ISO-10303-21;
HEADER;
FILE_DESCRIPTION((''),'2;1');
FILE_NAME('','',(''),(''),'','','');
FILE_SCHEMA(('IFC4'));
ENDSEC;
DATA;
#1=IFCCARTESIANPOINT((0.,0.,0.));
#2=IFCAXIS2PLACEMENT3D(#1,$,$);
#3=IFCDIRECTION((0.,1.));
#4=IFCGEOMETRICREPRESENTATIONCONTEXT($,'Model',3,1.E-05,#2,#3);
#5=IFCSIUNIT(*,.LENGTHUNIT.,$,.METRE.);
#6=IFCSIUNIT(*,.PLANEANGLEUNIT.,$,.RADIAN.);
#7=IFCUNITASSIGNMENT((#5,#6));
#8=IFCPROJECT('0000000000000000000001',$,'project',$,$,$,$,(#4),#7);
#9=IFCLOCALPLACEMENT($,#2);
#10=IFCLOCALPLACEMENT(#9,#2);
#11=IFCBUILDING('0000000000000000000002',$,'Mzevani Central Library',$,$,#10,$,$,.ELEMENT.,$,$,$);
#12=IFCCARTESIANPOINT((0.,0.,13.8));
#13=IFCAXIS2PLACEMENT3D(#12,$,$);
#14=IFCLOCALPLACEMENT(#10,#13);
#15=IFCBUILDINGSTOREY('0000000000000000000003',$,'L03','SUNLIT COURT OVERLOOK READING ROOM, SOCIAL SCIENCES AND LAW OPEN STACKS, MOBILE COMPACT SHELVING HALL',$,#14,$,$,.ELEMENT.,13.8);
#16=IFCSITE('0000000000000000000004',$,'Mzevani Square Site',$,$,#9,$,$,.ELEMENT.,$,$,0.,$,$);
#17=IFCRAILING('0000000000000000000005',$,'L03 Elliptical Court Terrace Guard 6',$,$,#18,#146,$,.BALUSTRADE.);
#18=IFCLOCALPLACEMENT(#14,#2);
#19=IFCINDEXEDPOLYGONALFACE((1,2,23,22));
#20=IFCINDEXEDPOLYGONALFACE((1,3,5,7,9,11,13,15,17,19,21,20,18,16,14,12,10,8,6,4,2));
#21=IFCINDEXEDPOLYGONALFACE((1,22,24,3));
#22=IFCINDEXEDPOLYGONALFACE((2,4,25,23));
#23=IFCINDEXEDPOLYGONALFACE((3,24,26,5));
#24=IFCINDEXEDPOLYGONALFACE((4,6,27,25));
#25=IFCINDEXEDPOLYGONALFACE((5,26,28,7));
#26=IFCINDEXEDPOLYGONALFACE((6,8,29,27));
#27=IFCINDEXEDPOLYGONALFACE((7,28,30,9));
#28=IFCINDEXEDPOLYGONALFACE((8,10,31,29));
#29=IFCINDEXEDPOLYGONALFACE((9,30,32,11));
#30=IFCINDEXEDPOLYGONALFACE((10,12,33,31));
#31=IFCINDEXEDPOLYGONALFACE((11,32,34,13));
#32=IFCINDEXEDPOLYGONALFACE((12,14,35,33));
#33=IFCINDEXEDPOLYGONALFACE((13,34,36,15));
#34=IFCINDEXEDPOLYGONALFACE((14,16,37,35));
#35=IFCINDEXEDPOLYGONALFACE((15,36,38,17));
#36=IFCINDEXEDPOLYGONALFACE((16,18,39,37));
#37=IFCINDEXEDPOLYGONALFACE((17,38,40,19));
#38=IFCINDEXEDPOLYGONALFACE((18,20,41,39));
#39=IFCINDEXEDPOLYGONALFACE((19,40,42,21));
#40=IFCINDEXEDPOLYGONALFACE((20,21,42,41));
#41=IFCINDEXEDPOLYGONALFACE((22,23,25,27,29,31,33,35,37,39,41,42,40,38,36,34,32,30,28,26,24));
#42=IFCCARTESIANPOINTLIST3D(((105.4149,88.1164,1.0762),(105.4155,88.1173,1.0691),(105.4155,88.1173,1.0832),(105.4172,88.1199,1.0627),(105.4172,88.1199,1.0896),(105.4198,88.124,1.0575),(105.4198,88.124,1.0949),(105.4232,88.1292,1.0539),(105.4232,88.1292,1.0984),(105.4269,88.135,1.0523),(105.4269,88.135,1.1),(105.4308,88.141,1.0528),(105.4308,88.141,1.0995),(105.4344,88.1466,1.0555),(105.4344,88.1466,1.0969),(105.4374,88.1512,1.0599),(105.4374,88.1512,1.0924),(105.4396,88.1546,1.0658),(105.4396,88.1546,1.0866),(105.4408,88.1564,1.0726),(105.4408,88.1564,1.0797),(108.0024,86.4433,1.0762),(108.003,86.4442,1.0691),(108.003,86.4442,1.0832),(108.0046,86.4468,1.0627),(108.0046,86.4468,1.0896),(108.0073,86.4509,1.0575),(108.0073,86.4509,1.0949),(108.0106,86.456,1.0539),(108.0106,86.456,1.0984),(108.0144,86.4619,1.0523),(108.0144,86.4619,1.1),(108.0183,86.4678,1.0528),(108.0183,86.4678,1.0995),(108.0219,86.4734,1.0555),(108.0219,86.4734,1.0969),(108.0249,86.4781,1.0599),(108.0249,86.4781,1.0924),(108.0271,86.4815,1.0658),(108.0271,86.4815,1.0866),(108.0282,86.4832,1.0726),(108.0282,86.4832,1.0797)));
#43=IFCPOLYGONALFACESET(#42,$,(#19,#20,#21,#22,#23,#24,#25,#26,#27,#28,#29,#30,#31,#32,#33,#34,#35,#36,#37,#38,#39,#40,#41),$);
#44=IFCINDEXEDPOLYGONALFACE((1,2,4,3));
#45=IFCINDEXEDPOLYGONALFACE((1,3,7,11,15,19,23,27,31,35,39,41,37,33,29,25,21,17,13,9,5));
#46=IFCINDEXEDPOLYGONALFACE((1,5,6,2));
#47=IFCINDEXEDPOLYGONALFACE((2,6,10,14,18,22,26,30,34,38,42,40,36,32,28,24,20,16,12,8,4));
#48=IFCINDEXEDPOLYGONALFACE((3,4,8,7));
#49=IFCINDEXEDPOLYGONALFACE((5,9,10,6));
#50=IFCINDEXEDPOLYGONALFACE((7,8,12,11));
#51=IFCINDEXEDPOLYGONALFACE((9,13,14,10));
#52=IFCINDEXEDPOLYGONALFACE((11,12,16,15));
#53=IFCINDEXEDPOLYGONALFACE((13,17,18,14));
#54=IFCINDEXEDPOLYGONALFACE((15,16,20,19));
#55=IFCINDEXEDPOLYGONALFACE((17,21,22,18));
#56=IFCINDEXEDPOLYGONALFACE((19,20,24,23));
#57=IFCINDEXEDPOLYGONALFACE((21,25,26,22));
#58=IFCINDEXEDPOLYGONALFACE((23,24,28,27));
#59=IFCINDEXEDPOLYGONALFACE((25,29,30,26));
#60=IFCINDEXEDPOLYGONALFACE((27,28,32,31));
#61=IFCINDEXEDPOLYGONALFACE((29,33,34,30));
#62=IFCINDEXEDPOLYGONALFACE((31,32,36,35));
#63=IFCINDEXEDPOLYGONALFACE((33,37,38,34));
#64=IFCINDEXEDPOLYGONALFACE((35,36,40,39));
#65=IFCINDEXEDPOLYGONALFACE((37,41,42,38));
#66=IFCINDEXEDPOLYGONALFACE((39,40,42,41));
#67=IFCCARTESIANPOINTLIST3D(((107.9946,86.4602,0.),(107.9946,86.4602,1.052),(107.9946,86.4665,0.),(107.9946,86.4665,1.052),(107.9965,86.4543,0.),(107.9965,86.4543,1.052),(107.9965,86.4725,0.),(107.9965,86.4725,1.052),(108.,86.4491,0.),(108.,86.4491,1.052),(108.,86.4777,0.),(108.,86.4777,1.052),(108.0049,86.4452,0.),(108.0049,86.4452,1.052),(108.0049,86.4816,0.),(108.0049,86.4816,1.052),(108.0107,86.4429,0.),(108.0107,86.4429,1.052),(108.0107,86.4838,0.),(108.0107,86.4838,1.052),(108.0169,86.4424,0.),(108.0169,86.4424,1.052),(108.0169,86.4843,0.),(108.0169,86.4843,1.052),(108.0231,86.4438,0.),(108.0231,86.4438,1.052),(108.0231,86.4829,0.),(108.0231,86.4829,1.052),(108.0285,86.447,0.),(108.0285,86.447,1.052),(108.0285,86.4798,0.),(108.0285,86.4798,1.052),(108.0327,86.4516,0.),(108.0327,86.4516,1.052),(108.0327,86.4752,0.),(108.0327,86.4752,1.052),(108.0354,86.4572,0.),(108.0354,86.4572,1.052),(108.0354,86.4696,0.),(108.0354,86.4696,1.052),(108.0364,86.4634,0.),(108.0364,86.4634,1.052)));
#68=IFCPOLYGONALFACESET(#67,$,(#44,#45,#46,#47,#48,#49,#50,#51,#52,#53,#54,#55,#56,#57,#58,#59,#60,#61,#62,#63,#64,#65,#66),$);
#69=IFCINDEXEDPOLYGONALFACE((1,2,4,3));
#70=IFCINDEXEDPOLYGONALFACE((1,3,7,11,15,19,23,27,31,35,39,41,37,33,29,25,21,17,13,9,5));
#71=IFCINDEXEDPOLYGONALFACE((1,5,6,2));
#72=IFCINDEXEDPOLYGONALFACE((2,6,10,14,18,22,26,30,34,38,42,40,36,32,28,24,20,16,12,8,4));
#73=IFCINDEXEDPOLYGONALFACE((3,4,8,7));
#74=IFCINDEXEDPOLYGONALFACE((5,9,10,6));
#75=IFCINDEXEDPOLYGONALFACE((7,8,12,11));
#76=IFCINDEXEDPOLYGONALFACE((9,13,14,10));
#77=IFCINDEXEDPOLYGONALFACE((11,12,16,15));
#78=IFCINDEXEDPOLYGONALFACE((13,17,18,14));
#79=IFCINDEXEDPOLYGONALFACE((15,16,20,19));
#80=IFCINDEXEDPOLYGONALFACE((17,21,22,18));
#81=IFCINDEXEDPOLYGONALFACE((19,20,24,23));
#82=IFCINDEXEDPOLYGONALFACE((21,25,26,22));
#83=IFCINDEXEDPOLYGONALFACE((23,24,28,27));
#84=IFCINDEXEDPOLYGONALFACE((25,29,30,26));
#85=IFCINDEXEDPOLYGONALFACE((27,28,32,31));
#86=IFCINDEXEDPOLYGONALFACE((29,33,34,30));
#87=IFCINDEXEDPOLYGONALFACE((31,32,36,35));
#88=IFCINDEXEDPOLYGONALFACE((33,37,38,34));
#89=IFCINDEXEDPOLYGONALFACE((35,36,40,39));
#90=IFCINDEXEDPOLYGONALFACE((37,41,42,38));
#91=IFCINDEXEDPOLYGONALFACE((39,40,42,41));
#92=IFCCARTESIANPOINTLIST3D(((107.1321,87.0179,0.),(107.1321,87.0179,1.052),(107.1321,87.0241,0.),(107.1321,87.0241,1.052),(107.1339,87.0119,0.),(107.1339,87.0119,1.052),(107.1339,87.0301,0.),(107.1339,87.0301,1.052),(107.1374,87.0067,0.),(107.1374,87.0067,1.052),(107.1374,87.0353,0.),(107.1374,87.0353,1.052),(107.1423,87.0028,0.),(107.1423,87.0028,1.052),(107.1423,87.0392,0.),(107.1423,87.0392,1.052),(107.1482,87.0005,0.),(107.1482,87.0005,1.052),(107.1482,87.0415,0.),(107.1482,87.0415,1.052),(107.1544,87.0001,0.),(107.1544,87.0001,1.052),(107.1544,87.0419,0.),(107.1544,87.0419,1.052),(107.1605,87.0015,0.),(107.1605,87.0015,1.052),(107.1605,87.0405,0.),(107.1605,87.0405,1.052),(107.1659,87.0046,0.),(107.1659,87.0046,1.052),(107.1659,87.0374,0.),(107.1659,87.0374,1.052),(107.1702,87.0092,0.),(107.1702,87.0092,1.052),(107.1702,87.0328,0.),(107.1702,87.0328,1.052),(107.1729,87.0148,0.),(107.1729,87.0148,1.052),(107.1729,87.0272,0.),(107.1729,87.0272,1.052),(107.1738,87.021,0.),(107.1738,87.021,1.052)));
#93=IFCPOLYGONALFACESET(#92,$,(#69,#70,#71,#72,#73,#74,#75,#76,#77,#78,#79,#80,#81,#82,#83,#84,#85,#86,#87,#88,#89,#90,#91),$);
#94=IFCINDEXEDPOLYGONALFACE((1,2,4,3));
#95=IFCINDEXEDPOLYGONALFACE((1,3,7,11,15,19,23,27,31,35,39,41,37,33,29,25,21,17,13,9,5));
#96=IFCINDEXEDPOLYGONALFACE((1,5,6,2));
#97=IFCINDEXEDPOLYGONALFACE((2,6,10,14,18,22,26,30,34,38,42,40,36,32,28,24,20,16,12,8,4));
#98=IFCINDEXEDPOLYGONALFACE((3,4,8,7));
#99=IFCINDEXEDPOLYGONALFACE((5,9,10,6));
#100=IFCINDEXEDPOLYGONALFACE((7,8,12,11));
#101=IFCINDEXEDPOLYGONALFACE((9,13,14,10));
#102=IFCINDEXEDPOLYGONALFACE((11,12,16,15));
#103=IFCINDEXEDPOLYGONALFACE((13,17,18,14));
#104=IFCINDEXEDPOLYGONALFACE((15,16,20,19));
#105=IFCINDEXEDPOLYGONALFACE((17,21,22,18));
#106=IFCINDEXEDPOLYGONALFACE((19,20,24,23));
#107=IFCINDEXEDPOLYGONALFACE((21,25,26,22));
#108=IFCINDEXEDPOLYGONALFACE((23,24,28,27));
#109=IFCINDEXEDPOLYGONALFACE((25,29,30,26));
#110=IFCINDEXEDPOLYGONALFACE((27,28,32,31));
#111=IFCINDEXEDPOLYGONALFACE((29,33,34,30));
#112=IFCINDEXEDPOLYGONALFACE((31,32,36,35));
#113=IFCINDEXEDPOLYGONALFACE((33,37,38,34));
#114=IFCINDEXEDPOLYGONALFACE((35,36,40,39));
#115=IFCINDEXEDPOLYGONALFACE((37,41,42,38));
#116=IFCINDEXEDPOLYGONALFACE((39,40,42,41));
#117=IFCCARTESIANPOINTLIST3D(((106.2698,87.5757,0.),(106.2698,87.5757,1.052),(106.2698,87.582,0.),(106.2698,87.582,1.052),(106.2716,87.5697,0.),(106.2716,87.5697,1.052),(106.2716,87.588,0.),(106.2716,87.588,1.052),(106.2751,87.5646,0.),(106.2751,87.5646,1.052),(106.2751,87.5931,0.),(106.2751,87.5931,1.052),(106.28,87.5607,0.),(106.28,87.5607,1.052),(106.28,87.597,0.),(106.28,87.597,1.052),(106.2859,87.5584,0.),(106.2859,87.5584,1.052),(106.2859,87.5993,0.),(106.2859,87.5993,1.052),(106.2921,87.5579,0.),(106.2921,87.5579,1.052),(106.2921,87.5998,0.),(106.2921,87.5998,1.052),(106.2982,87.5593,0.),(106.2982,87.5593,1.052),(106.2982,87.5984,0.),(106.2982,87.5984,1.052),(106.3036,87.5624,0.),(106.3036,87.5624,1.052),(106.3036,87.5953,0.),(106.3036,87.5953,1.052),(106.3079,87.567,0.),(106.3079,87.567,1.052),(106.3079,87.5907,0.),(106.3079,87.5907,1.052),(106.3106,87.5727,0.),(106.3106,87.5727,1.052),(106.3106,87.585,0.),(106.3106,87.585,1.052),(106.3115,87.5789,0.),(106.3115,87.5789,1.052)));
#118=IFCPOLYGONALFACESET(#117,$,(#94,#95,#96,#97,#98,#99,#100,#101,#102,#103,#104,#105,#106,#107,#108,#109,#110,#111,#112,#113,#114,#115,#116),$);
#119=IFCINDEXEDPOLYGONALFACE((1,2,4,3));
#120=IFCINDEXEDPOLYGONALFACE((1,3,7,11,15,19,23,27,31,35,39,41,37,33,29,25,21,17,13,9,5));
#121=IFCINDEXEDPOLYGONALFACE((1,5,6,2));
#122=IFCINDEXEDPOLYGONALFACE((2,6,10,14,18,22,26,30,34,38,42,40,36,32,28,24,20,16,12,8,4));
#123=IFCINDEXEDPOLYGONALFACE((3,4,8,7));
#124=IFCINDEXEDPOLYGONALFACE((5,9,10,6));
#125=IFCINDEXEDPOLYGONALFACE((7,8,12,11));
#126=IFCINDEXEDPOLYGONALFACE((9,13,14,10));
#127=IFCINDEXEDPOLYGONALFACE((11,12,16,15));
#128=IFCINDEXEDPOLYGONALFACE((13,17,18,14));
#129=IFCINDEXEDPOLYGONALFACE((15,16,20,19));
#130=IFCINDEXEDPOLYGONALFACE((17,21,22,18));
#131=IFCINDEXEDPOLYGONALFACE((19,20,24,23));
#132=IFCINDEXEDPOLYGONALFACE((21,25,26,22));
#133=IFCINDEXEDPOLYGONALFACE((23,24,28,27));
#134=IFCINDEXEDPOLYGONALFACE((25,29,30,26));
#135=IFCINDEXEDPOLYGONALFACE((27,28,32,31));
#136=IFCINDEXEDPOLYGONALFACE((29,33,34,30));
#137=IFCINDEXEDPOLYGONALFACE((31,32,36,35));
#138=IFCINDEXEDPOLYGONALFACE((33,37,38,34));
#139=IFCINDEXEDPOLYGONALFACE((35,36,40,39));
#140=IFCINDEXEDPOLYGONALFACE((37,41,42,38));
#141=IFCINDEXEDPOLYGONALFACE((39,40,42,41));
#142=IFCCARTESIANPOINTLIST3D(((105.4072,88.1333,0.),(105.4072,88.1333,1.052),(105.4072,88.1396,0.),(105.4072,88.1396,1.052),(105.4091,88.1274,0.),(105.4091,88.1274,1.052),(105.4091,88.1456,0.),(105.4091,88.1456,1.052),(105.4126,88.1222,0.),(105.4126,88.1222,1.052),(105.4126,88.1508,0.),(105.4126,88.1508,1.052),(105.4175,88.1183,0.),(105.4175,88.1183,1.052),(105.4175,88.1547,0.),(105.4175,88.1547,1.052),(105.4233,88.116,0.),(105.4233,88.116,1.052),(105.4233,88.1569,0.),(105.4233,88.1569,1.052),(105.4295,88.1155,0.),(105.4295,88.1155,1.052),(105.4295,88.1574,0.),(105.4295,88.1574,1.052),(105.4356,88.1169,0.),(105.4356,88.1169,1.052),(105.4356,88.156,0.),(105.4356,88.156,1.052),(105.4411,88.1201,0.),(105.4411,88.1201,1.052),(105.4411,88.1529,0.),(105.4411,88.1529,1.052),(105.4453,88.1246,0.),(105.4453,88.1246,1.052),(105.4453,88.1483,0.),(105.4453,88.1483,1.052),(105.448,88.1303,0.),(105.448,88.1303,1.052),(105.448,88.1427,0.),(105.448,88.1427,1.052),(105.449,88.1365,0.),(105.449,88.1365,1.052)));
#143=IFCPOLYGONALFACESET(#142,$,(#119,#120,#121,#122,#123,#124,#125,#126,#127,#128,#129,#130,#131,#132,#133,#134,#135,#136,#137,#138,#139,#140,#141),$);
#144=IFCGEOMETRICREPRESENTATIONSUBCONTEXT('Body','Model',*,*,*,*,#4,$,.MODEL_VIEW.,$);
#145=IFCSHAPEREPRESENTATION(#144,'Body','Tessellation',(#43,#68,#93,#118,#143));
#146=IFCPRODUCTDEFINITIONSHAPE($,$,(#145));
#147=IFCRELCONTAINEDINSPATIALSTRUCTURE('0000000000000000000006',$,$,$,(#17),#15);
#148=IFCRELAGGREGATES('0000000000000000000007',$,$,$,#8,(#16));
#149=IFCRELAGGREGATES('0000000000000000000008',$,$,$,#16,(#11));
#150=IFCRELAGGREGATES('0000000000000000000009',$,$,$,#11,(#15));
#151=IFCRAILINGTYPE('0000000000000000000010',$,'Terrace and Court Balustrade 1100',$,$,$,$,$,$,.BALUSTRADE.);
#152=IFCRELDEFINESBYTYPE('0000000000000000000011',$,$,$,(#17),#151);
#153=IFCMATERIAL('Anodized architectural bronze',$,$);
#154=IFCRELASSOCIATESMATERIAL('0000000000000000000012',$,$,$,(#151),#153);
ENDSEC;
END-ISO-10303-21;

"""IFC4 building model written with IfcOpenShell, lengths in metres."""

from ifc_helpers import new_model, si_unit, direction, frame, origin, origin_2d, place, context, subcontext, project, spatial, circle, extrude, material, type_object, element, save


model = new_model("IFC4")

# Units and contexts
model_context = context("Model", 3, precision=1e-05, world=origin(), true_north=direction((0.0, 1.0)))
body_context = subcontext(model_context, "Body", "Model", "MODEL_VIEW")
ifc_project = project(units=[si_unit("LENGTHUNIT", "METRE"), si_unit("PLANEANGLEUNIT", "RADIAN")], contexts=[model_context])

# Site, building, storey
site_placement = place(None, origin())
site = spatial("IfcSite", under=ifc_project, at=site_placement, Name="Mzevani Square Site", CompositionType="ELEMENT", RefElevation=0.0)
building_placement = place(site_placement, origin())
building = spatial("IfcBuilding", under=site, at=building_placement, Name="Mzevani Central Library", CompositionType="ELEMENT")
storey_placement = place(building_placement, frame((0.0, 0.0, 13.8)))
storey = spatial("IfcBuildingStorey", under=building, at=storey_placement, Name="L03", Description="SUNLIT COURT OVERLOOK READING ROOM, SOCIAL SCIENCES AND LAW OPEN STACKS, MOBILE COMPACT SHELVING HALL", CompositionType="ELEMENT", Elevation=13.8)

# Railing
ifc_material_1 = material(Name="Anodized architectural bronze")
railing_type = type_object("IfcRailingType", Name="Terrace and Court Balustrade 1100", PredefinedType="BALUSTRADE", material=ifc_material_1)
railing_1_placement = place(storey_placement, frame((108.0154, 86.4634, 0.0)))
element("IfcRailing", 1, at=railing_1_placement, inside=storey, type_object=railing_type, Name="L03 Elliptical Court Terrace Guard 6", PredefinedType="BALUSTRADE", context=body_context, shape_type="SweptSolid", body=[
    extrude(circle(Radius=0.0239, at=origin_2d()), frame((0.0, 0.0, 1.0762), z_axis=(-0.839734, 0.542998, 0.0), x_axis=(-0.542998, -0.839734, 0.0)), (0.0, 0.0, 1.0), 3.0813),
    extrude(circle(Radius=0.021, at=origin_2d()), origin(), (0.0, 0.0, 1.0), 1.052),
    extrude(circle(Radius=0.021, at=origin_2d()), frame((-0.8625, 0.5576, 0.0)), (0.0, 0.0, 1.0), 1.052),
    extrude(circle(Radius=0.021, at=origin_2d()), frame((-1.7249, 1.1155, 0.0)), (0.0, 0.0, 1.0), 1.052),
    extrude(circle(Radius=0.021, at=origin_2d()), frame((-2.5874, 1.6731, 0.0)), (0.0, 0.0, 1.0), 1.052),
])

save(model, "model.ifc")
